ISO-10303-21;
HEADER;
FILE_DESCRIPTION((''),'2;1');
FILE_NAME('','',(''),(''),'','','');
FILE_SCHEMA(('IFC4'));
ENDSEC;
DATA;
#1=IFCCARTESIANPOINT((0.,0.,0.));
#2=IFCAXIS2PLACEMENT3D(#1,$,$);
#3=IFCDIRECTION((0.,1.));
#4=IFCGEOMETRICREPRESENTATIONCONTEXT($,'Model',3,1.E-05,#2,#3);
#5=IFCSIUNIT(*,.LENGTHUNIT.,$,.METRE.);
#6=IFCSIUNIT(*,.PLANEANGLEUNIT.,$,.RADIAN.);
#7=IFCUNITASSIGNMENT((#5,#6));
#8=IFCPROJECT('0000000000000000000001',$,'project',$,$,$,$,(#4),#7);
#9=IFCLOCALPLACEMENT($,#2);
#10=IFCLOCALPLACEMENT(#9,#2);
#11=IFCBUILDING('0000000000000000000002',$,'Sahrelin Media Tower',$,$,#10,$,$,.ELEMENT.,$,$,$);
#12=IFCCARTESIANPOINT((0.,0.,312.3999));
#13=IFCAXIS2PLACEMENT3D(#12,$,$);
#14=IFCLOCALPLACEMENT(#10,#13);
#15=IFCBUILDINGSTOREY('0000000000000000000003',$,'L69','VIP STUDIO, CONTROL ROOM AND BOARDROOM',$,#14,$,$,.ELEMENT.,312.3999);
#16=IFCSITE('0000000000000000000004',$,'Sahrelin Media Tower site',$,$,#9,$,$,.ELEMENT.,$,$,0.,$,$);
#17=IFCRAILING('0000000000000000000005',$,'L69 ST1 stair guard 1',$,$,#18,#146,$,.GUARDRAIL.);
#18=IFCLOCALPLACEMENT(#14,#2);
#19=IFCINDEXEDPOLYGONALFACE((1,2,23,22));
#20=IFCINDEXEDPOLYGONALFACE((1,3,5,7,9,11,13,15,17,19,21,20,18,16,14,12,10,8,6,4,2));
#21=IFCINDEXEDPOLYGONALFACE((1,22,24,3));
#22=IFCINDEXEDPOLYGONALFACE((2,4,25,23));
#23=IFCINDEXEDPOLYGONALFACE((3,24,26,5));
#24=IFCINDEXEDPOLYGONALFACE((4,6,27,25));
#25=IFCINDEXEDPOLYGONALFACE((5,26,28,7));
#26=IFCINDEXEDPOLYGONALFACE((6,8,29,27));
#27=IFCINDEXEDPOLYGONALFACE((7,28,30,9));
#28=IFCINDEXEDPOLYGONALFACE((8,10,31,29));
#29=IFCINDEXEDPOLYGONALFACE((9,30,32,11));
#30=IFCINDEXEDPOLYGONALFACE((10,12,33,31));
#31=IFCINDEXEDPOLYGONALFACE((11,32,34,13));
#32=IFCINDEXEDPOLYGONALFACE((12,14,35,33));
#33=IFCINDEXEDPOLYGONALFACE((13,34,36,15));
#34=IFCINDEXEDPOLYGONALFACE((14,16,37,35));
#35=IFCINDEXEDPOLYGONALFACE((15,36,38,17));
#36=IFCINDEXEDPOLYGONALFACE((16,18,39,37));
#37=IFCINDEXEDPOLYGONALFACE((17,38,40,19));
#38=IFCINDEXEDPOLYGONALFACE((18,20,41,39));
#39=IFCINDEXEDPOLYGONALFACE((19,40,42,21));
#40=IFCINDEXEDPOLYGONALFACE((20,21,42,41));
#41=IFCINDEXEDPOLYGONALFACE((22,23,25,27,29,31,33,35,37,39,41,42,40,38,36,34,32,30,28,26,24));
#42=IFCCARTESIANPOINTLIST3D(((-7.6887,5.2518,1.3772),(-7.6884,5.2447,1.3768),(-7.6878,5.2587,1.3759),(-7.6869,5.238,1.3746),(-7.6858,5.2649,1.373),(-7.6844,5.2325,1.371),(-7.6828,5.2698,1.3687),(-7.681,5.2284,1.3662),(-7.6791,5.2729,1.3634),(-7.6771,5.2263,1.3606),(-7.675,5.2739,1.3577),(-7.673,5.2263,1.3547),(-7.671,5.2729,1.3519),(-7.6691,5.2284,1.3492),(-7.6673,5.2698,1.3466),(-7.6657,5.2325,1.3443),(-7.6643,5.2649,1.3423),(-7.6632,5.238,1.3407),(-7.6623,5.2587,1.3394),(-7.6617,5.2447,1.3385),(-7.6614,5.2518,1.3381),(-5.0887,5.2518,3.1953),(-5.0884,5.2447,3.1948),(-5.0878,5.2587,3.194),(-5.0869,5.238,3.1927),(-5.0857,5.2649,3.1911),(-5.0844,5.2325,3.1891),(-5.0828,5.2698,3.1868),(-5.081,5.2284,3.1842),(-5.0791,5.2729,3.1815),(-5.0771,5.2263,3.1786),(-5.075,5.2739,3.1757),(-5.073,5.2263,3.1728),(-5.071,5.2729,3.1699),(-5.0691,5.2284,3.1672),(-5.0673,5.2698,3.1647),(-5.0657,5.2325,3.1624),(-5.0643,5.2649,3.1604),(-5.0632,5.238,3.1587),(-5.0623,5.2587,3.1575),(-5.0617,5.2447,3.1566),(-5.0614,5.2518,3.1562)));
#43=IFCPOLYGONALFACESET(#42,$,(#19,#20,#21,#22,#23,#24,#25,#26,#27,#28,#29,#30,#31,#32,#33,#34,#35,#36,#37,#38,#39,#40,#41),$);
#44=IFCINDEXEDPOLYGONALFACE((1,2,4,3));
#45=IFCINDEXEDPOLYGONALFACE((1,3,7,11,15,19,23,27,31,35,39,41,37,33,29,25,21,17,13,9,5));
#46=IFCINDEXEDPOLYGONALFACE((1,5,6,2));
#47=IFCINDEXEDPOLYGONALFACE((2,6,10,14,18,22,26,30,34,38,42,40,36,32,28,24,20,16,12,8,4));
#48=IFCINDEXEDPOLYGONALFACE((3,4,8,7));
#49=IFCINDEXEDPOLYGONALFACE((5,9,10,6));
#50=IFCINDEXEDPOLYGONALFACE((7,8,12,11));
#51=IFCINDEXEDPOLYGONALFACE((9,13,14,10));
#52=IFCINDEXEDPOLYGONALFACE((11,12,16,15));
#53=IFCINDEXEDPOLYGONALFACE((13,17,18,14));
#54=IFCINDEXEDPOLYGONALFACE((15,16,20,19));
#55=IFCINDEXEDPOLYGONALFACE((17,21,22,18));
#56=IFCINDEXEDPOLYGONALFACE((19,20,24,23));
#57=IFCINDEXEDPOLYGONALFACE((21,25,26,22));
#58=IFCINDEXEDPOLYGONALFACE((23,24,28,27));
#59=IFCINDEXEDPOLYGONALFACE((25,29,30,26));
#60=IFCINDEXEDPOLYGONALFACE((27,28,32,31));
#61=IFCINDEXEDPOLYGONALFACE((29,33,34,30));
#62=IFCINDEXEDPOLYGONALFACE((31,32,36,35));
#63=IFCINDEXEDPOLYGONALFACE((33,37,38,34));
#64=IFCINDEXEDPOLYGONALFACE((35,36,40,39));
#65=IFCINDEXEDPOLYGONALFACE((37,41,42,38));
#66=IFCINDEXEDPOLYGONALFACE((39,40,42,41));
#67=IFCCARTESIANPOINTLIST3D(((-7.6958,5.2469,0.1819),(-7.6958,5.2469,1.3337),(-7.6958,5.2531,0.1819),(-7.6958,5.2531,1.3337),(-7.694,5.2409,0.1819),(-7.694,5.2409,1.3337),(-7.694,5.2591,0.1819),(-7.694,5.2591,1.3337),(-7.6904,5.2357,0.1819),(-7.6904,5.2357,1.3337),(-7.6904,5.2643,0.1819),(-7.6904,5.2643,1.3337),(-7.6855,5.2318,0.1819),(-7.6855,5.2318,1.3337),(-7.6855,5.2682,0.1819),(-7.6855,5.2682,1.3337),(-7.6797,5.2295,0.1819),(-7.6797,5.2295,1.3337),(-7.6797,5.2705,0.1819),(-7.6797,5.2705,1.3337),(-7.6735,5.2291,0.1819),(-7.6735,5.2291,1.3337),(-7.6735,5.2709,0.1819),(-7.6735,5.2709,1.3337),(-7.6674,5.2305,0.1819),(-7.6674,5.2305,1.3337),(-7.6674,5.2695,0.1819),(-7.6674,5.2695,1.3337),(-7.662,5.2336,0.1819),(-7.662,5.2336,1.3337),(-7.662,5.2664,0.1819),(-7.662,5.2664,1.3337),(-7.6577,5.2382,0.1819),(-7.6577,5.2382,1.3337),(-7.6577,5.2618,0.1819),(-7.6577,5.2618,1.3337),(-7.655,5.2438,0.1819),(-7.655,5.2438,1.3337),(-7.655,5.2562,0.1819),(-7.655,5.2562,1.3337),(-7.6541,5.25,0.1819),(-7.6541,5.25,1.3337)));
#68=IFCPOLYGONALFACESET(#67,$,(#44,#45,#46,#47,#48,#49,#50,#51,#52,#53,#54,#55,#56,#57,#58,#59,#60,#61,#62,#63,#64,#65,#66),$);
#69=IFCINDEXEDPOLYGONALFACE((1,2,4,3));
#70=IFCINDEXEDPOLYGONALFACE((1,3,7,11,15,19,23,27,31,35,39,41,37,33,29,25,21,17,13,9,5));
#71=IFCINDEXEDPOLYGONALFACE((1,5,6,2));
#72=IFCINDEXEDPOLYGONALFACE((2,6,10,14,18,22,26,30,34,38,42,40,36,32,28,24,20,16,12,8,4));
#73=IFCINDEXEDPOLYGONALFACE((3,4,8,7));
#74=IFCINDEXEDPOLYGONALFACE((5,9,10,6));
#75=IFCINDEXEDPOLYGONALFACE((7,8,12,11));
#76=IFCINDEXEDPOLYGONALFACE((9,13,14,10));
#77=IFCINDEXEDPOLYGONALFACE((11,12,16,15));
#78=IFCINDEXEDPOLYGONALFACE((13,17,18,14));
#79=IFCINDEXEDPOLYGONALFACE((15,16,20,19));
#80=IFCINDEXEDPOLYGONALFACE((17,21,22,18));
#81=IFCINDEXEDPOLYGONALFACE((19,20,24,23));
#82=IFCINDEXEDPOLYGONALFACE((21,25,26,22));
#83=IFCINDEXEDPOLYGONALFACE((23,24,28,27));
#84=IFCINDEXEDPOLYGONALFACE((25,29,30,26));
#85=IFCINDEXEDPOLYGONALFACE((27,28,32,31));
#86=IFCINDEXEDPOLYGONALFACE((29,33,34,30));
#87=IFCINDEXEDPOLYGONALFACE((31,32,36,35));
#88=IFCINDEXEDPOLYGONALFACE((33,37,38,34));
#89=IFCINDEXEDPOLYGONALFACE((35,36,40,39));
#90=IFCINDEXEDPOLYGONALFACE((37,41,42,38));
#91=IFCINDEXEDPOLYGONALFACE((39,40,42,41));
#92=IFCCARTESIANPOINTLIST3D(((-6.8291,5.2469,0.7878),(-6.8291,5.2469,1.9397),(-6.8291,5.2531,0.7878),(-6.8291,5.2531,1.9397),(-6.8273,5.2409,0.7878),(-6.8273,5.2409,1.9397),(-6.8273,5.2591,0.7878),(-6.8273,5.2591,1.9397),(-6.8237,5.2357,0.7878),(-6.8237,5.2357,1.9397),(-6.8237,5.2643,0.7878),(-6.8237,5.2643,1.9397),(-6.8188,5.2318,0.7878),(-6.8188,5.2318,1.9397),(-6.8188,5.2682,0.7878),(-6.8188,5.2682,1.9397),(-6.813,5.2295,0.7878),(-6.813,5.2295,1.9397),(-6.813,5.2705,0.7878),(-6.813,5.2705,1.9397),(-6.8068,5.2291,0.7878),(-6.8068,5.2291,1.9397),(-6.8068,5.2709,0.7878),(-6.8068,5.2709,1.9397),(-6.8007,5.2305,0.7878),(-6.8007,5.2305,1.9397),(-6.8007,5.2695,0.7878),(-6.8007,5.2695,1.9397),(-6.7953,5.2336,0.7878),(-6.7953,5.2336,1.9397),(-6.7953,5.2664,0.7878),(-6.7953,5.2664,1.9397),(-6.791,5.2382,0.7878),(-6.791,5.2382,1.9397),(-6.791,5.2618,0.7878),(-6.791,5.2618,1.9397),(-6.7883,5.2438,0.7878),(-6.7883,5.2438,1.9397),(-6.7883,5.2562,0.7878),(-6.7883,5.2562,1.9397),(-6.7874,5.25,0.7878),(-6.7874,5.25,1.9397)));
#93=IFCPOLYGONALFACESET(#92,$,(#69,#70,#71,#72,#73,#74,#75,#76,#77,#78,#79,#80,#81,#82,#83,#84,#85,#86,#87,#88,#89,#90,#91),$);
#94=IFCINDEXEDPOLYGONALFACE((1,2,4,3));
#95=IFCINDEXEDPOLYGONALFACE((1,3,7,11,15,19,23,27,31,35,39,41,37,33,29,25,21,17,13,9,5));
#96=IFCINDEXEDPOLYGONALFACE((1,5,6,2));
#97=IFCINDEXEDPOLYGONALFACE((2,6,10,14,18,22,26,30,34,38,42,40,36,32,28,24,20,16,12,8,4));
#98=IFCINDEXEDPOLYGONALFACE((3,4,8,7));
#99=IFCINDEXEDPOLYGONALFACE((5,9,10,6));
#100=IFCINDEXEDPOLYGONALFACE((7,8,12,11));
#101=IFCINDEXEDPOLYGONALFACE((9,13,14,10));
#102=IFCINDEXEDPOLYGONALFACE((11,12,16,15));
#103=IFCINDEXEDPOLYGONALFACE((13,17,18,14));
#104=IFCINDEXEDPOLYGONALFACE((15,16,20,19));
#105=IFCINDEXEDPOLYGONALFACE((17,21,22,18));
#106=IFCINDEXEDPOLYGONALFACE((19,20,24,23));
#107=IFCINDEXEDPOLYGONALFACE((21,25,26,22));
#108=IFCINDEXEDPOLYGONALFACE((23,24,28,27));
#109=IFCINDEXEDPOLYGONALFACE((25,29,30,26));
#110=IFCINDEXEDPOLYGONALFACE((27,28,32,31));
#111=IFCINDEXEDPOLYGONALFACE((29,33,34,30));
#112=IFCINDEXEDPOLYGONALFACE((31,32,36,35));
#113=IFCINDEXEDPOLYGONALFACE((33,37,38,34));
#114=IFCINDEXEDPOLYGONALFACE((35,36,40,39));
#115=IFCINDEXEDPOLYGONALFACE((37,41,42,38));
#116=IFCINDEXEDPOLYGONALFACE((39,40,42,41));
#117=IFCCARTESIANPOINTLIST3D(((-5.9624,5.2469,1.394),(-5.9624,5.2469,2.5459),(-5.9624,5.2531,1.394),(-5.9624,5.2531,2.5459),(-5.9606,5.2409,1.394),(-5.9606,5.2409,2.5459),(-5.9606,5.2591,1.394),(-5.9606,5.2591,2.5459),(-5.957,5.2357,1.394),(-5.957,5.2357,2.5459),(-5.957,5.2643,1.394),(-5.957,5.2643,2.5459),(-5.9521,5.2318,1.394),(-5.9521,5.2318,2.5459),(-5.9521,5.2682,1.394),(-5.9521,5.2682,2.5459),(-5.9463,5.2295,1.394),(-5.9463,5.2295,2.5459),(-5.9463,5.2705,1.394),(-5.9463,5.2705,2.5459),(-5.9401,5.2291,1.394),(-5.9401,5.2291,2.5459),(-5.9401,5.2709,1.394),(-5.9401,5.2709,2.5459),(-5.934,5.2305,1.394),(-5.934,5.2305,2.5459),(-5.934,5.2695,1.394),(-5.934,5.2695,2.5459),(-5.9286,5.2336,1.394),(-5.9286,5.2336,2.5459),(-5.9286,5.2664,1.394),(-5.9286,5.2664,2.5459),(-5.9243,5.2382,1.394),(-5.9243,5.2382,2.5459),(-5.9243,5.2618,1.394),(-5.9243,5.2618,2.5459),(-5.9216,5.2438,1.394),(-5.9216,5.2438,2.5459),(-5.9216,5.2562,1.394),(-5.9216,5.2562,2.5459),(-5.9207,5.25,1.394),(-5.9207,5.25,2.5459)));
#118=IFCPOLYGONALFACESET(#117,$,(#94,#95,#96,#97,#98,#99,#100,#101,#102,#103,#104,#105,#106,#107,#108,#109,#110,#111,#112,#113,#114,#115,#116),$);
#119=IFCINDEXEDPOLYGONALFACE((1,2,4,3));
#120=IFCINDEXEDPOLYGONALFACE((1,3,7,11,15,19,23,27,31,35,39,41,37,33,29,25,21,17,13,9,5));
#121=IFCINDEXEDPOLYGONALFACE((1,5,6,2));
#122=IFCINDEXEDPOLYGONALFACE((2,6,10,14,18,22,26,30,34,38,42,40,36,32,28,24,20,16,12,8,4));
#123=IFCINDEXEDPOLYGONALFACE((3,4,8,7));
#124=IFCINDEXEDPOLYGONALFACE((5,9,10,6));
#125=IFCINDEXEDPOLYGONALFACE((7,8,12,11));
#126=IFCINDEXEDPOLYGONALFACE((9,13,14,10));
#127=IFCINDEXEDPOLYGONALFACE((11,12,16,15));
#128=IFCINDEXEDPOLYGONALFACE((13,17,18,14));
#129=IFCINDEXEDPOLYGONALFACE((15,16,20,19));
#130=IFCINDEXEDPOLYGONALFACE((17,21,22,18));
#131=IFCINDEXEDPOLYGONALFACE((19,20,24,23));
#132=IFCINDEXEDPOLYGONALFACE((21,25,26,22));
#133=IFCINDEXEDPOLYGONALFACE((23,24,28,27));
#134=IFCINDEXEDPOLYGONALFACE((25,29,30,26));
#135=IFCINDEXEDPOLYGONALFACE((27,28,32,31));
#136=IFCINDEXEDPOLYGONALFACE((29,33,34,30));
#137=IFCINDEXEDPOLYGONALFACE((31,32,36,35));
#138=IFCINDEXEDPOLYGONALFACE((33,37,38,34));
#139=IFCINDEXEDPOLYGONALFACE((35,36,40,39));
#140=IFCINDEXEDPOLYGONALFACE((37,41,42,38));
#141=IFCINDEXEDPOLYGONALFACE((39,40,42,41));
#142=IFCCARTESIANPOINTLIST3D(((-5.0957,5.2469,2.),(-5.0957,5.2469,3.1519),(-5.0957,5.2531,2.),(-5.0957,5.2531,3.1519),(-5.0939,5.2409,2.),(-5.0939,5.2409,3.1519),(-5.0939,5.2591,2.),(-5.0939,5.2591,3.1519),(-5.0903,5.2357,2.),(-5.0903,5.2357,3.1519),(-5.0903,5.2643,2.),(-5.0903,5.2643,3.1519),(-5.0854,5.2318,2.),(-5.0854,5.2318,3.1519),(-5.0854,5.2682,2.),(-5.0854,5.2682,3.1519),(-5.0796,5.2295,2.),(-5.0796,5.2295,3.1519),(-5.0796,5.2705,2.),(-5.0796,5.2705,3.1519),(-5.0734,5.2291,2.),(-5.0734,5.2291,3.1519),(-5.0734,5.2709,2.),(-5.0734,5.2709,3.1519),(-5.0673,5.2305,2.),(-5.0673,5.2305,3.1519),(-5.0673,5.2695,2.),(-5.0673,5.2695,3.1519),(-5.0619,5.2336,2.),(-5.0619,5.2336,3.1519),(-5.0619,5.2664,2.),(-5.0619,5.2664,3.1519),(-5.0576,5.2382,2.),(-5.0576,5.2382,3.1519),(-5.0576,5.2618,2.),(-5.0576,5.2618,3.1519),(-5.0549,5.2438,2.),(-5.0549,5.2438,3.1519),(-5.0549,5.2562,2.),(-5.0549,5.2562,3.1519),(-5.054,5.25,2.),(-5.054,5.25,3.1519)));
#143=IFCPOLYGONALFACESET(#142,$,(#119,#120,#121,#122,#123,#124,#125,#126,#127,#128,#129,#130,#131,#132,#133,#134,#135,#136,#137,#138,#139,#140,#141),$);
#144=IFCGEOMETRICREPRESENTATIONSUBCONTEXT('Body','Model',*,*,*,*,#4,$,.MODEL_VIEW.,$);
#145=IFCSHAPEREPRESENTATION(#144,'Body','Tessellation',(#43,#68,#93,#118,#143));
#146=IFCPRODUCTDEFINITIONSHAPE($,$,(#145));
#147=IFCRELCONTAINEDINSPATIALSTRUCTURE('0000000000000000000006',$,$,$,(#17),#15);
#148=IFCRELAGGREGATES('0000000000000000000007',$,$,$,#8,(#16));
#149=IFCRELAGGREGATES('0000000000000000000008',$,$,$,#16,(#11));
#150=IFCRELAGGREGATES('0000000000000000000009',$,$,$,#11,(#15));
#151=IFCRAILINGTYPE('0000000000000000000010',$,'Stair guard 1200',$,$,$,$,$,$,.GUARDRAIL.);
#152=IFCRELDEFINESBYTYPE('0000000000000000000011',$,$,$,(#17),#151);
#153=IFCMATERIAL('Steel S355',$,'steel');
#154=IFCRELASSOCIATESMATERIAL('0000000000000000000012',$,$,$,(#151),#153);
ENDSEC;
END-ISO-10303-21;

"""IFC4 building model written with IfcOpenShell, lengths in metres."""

from ifc_helpers import new_model, si_unit, direction, frame, origin, origin_2d, place, context, subcontext, project, spatial, circle, extrude, material, type_object, element, save


model = new_model("IFC4")

# Units and contexts
model_context = context("Model", 3, precision=1e-05, world=origin(), true_north=direction((0.0, 1.0)))
body_context = subcontext(model_context, "Body", "Model", "MODEL_VIEW")
ifc_project = project(units=[si_unit("LENGTHUNIT", "METRE"), si_unit("PLANEANGLEUNIT", "RADIAN")], contexts=[model_context])

# Site, building, storey
site_placement = place(None, origin())
site = spatial("IfcSite", under=ifc_project, at=site_placement, Name="Sahrelin Media Tower site", CompositionType="ELEMENT", RefElevation=0.0)
building_placement = place(site_placement, origin())
building = spatial("IfcBuilding", under=site, at=building_placement, Name="Sahrelin Media Tower", CompositionType="ELEMENT")
storey_placement = place(building_placement, frame((0.0, 0.0, 312.3999)))
storey = spatial("IfcBuildingStorey", under=building, at=storey_placement, Name="L69", Description="VIP STUDIO, CONTROL ROOM AND BOARDROOM", CompositionType="ELEMENT", Elevation=312.3999)

# Shared definitions
ifc_material_1 = material(Name="Steel S355", Category="steel")

# Railing
railing_type_1 = type_object("IfcRailingType", Name="Stair guard 1200", PredefinedType="GUARDRAIL", material=ifc_material_1)
railing_1_placement = place(storey_placement, frame((-7.675, 5.25, 0.1819)))
element("IfcRailing", 1, at=railing_1_placement, inside=storey, type_object=railing_type_1, Name="L69 ST1 stair guard 1", PredefinedType="GUARDRAIL", context=body_context, shape_type="SweptSolid", body=[
    extrude(circle(Radius=0.0239, at=origin_2d()), frame((0.0, 0.0, 1.1758), z_axis=(0.819521, 0.0, 0.573049), x_axis=(0.0, 1.0, 0.0)), (0.0, 0.0, 1.0), 3.1726),
    extrude(circle(Radius=0.021, at=origin_2d()), origin(), (0.0, 0.0, 1.0), 1.1519),
    extrude(circle(Radius=0.021, at=origin_2d()), frame((0.8667, 0.0, 0.606)), (0.0, 0.0, 1.0), 1.1519),
    extrude(circle(Radius=0.021, at=origin_2d()), frame((1.7334, 0.0, 1.2122)), (0.0, 0.0, 1.0), 1.1519),
    extrude(circle(Radius=0.021, at=origin_2d()), frame((2.6001, 0.0, 1.8181)), (0.0, 0.0, 1.0), 1.1519),
])

save(model, "model.ifc")
